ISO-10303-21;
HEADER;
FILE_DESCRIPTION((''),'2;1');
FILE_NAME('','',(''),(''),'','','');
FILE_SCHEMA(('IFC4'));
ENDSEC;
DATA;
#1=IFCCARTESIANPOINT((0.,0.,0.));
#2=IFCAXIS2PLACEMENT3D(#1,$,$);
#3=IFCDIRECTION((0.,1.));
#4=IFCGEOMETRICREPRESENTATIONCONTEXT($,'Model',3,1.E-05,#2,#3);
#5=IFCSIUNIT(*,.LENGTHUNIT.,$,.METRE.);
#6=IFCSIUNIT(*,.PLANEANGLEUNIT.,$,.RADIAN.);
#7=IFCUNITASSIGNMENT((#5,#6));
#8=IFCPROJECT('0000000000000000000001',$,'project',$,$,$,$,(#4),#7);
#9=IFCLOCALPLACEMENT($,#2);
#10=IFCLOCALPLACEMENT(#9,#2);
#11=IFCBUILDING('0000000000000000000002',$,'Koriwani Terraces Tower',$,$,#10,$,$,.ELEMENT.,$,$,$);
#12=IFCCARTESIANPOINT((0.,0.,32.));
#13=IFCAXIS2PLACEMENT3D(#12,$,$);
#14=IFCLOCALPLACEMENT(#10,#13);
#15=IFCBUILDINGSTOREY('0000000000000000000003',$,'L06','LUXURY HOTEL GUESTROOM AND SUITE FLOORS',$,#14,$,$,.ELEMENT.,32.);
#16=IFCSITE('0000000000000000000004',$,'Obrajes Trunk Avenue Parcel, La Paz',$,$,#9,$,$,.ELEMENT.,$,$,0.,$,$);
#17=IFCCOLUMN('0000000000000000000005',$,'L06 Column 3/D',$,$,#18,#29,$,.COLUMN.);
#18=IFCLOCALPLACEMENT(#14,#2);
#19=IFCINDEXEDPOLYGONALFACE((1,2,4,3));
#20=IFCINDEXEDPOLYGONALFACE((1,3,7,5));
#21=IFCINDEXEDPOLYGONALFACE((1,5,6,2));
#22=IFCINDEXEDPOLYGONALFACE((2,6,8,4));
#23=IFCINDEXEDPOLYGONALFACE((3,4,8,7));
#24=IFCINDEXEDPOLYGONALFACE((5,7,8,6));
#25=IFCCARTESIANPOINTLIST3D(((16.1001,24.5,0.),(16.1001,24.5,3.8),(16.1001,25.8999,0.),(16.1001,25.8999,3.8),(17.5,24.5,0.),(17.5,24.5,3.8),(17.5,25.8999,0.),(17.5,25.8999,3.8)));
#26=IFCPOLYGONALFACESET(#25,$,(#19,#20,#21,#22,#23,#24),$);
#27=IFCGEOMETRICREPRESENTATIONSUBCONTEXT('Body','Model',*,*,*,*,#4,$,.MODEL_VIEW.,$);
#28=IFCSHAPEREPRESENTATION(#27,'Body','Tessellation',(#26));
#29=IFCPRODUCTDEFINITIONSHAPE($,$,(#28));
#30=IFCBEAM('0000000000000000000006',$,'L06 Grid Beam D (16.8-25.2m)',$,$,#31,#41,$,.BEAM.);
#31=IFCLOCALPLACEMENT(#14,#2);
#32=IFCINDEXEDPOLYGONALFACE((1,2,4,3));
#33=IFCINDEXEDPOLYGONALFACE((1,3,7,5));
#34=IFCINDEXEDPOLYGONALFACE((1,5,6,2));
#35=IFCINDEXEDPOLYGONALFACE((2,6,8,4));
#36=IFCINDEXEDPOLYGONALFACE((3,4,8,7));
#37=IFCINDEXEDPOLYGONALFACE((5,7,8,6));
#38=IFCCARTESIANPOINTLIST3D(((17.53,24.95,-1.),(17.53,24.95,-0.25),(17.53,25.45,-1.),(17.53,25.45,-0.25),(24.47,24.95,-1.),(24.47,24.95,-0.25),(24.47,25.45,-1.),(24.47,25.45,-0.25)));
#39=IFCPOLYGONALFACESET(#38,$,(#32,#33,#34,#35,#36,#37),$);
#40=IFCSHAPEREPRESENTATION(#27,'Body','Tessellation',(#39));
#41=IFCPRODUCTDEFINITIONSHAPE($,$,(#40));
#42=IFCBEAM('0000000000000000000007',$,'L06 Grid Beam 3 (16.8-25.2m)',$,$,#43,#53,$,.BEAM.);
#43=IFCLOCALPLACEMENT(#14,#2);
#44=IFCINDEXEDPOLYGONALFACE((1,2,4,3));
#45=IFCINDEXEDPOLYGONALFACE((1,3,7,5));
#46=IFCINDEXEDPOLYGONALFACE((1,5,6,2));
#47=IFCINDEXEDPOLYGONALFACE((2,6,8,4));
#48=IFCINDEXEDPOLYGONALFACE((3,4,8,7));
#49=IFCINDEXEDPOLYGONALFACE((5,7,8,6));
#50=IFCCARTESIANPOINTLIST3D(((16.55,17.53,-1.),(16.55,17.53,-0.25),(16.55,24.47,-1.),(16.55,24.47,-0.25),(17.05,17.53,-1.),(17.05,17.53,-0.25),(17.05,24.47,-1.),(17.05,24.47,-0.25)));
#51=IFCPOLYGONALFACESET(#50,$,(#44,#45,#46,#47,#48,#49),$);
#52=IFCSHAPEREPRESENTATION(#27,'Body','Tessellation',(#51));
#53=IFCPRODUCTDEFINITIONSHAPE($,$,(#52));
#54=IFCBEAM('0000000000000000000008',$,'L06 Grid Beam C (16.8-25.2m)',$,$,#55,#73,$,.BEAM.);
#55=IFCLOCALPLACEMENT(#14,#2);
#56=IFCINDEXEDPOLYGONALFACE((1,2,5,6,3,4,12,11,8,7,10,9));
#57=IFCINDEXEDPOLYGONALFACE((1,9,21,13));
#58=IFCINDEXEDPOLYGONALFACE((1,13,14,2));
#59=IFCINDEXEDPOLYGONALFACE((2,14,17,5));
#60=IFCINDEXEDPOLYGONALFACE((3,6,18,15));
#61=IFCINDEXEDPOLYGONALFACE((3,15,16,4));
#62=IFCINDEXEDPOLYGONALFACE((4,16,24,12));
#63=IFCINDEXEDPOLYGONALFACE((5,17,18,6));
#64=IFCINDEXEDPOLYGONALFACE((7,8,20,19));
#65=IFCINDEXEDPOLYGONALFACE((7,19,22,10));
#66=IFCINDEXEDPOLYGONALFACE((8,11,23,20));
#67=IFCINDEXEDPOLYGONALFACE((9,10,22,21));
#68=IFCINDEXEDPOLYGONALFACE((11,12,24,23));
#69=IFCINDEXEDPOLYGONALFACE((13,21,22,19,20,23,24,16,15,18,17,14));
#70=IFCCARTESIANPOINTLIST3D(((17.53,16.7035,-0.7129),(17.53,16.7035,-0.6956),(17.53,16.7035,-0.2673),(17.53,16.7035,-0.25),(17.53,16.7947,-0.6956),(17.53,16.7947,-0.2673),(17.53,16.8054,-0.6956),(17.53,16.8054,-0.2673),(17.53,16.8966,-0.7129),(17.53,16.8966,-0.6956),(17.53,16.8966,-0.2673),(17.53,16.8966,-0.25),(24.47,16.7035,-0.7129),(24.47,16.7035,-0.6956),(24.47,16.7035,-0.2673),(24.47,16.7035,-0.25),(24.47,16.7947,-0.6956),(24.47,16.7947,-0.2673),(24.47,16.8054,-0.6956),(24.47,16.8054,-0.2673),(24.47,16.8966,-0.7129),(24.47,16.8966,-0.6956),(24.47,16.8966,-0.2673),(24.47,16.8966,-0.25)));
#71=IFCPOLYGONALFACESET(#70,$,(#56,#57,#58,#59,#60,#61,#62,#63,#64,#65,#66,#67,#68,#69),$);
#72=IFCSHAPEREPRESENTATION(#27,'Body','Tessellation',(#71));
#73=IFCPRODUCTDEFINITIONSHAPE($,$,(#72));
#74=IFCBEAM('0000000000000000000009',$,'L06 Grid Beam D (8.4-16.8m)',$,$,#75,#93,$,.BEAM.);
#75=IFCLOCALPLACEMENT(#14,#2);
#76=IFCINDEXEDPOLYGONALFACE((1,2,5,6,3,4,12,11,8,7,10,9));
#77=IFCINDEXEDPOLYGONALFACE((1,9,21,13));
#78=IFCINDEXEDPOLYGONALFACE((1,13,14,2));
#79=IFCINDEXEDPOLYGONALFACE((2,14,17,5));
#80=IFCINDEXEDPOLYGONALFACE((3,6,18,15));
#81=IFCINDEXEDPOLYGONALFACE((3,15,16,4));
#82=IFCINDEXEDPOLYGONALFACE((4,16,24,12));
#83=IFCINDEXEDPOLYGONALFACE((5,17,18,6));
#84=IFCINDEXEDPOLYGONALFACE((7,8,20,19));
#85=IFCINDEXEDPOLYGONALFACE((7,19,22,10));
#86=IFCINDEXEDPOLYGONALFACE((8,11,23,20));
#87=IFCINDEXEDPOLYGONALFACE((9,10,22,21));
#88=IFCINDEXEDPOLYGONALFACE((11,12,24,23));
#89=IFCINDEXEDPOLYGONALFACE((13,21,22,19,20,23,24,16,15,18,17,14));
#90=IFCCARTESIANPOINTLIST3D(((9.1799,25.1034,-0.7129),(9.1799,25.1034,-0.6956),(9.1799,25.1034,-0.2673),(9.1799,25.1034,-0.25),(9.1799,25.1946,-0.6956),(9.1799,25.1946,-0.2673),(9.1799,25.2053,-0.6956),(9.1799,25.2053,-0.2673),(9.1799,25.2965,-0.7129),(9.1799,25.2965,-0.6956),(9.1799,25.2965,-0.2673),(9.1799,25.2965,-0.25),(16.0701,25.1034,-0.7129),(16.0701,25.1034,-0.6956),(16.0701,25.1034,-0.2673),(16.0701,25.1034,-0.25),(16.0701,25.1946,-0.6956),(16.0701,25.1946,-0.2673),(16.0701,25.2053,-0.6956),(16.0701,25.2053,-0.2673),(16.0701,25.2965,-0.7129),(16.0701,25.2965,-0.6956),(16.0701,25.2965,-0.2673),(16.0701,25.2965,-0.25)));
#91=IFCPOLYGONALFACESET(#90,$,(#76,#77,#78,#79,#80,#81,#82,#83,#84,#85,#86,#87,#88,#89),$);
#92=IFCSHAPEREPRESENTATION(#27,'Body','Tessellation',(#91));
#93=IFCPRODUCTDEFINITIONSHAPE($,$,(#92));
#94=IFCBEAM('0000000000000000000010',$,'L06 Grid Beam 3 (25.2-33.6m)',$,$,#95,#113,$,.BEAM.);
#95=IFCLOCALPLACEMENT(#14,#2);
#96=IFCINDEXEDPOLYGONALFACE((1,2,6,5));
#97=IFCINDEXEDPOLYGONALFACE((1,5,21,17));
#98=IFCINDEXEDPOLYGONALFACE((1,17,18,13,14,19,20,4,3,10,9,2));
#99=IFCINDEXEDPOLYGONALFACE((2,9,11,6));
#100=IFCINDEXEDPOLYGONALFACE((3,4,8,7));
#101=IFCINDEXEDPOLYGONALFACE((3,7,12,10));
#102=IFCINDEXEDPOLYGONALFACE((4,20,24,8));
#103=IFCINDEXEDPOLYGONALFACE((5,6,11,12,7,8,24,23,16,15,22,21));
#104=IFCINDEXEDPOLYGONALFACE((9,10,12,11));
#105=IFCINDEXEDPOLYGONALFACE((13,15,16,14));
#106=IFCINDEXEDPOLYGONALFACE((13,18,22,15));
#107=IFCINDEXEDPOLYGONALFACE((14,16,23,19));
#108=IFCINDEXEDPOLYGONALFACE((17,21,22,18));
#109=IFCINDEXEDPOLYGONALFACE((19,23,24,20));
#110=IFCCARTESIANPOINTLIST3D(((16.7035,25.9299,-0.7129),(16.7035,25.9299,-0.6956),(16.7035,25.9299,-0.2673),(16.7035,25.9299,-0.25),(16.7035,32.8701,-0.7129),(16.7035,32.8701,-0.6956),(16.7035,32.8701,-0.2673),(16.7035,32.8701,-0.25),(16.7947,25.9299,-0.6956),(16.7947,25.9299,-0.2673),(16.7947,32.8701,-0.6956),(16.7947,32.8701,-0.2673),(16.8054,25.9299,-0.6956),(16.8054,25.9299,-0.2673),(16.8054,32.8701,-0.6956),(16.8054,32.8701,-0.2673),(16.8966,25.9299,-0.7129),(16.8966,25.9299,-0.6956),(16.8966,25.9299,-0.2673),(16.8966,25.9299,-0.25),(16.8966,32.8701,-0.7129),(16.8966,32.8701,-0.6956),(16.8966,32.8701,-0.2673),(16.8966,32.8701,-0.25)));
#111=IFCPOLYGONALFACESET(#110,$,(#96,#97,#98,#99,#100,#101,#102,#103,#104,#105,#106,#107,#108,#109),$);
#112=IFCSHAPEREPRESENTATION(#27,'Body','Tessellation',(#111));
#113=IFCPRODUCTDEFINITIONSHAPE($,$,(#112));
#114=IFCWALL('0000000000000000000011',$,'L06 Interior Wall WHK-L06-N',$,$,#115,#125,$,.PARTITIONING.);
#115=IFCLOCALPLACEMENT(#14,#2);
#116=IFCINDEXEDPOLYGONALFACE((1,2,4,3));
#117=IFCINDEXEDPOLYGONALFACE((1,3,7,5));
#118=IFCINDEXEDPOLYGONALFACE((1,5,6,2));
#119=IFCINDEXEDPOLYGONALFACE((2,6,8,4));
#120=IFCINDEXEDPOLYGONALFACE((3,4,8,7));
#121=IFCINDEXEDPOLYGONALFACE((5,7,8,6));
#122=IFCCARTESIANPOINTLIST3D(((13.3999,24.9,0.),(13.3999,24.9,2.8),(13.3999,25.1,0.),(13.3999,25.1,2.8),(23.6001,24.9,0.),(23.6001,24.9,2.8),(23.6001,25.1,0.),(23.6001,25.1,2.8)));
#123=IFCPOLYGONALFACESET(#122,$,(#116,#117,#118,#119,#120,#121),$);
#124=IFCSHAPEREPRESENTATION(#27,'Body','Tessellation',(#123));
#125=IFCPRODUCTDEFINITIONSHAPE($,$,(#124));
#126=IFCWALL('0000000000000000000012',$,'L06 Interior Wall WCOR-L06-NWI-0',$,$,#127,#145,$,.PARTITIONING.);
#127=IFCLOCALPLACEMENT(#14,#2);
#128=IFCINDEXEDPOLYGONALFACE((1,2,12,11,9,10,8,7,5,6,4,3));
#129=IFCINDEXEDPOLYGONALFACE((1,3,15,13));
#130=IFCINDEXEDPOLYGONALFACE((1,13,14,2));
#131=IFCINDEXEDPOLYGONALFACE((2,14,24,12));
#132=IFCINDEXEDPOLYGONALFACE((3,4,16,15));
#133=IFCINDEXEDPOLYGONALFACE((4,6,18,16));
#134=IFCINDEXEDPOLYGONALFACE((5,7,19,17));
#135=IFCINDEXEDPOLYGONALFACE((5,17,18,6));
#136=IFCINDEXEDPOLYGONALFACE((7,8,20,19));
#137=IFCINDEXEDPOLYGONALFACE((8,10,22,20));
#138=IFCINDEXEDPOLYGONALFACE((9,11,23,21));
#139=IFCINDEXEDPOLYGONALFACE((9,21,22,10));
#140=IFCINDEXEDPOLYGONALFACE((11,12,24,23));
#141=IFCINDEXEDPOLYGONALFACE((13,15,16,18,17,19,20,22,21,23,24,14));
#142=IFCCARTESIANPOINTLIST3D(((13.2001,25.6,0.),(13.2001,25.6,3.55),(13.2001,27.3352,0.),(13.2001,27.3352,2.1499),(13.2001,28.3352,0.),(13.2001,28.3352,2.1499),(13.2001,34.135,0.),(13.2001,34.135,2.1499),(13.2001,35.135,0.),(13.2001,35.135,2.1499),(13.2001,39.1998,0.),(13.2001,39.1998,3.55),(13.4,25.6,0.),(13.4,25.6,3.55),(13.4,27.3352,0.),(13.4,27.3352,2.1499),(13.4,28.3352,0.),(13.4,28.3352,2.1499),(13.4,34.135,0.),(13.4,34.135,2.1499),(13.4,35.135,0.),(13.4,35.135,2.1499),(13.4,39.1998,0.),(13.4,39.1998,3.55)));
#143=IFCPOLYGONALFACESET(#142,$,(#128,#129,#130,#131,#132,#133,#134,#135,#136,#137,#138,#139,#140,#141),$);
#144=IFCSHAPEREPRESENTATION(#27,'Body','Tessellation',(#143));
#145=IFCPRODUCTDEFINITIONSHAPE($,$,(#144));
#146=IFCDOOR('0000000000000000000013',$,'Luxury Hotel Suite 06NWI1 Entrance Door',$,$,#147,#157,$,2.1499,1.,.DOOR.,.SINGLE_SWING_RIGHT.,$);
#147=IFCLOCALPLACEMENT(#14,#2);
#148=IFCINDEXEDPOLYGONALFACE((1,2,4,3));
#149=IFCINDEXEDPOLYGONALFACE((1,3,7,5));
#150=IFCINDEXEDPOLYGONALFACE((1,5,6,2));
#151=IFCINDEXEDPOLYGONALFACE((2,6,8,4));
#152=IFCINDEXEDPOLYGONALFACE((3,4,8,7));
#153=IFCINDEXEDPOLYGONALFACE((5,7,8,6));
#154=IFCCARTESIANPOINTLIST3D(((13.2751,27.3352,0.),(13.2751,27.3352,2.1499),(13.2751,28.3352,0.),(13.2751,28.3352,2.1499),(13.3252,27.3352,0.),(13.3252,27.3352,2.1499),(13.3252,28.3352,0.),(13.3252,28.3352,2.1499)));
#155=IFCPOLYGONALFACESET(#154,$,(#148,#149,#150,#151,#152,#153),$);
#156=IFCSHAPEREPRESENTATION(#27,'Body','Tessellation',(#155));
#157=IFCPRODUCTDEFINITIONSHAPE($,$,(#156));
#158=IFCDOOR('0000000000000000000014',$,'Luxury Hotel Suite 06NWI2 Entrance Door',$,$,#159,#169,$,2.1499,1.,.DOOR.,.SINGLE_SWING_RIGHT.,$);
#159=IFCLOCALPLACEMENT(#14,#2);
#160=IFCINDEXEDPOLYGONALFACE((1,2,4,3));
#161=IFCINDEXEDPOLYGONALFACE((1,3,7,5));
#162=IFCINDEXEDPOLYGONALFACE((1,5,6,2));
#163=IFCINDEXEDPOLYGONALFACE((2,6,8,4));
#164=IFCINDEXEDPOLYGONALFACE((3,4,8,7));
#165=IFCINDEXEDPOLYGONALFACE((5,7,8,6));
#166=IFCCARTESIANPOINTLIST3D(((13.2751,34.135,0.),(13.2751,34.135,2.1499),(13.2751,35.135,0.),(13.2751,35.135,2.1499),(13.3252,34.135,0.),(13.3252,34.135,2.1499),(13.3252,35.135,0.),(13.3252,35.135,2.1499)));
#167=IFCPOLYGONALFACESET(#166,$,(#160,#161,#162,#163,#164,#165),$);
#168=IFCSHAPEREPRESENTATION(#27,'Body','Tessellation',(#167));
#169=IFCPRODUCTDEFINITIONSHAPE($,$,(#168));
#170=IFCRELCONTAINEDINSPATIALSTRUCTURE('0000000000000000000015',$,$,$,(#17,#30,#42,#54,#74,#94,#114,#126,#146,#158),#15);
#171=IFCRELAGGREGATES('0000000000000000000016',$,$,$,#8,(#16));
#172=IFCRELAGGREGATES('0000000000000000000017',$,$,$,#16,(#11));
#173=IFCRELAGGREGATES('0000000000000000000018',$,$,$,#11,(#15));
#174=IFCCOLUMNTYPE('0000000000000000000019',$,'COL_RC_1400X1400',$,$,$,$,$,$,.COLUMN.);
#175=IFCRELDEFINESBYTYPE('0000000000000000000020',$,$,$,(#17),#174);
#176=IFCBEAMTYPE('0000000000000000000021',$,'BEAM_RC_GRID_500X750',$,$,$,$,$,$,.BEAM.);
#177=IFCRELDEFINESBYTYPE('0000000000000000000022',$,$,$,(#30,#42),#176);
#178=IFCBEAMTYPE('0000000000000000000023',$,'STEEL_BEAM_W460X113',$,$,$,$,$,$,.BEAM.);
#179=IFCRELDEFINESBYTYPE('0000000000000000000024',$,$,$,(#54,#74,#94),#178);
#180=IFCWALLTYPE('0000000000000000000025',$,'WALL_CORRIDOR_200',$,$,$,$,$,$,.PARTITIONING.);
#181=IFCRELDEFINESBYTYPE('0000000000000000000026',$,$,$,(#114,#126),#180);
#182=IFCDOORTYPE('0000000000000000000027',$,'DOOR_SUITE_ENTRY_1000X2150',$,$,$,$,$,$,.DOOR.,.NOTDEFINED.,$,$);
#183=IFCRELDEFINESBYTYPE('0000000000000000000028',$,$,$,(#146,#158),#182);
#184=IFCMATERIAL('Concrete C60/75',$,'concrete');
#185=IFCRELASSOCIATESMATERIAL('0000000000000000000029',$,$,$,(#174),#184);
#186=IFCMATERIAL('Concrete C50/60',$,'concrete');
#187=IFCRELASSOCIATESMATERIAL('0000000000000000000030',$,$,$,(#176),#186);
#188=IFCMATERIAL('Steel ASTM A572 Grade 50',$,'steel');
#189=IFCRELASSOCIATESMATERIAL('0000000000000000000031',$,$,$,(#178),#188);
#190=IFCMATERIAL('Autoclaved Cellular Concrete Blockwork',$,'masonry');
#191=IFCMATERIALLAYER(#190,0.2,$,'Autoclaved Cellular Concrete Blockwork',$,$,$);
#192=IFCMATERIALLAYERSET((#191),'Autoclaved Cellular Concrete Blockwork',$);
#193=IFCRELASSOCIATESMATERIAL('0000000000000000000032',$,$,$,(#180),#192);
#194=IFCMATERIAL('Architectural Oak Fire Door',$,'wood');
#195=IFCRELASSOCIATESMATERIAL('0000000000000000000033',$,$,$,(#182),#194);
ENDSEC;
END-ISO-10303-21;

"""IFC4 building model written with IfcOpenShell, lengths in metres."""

from ifc_helpers import new_model, si_unit, direction, frame, frame_2d, origin, origin_2d, place, context, subcontext, project, spatial, rectangle, i_section, extrude, material, layer, layer_set, material_profile, profile_set, type_object, element, fill, save


model = new_model("IFC4")

# Units and contexts
model_context = context("Model", 3, precision=1e-05, world=origin(), true_north=direction((0.0, 1.0)))
body_context = subcontext(model_context, "Body", "Model", "MODEL_VIEW")
ifc_project = project(units=[si_unit("LENGTHUNIT", "METRE"), si_unit("PLANEANGLEUNIT", "RADIAN")], contexts=[model_context])

# Site, building, storey
site_placement = place(None, origin())
site = spatial("IfcSite", under=ifc_project, at=site_placement, Name="Obrajes Trunk Avenue Parcel, La Paz", CompositionType="ELEMENT", RefElevation=0.0)
building_placement = place(site_placement, origin())
building = spatial("IfcBuilding", under=site, at=building_placement, Name="Koriwani Terraces Tower", CompositionType="ELEMENT")
storey_placement = place(building_placement, frame((0.0, 0.0, 32.0)))
storey = spatial("IfcBuildingStorey", under=building, at=storey_placement, Name="L06", Description="LUXURY HOTEL GUESTROOM AND SUITE FLOORS", CompositionType="ELEMENT", Elevation=32.0)

# Column
ifc_material_1 = material(Name="Concrete C60/75", Category="concrete")
ifc_material_profile_1 = material_profile(ifc_material_1, rectangle(XDim=1.3999, YDim=1.3999, at=origin_2d()), Name="Concrete C60/75", Category="LoadBearing")
ifc_profile_set_1 = profile_set([ifc_material_profile_1], Name="Concrete C60/75")
column_type = type_object("IfcColumnType", Name="COL_RC_1400X1400", PredefinedType="COLUMN", material=ifc_profile_set_1)
column_placement = place(storey_placement, frame((16.8, 25.2, 0.0), z_axis=(0.0, 0.0, 1.0), x_axis=(1.0, 0.0, 0.0)))
element("IfcColumn", 1, at=column_placement, inside=storey, type_object=column_type, Name="L06 Column 3/D", PredefinedType="COLUMN", context=body_context, shape_type="SweptSolid", body=[
    extrude(rectangle(XDim=1.3999, YDim=1.3999, at=origin_2d()), origin(), (0.0, 0.0, 1.0), 3.8),
])

# Beams
ifc_material_2 = material(Name="Concrete C50/60", Category="concrete")
ifc_material_profile_2 = material_profile(ifc_material_2, rectangle(XDim=0.5, YDim=0.75, at=origin_2d()), Name="Concrete C50/60", Category="LoadBearing")
ifc_profile_set_2 = profile_set([ifc_material_profile_2], Name="Concrete C50/60")
beam_type_1 = type_object("IfcBeamType", Name="BEAM_RC_GRID_500X750", PredefinedType="BEAM", material=ifc_profile_set_2)
for number, where, z_axis, x_axis, name in (
    (2, (17.53, 25.2, -0.625), (1.0, 0.0, 0.0), (0.0, 1.0, 0.0), "L06 Grid Beam D (16.8-25.2m)"),
    (3, (16.8, 17.53, -0.625), (0.0, 1.0, 0.0), (-1.0, 0.0, 0.0), "L06 Grid Beam 3 (16.8-25.2m)"),
):
    element("IfcBeam", number, at=place(storey_placement, frame(where, z_axis=z_axis, x_axis=x_axis)), inside=storey, type_object=beam_type_1, Name=name, PredefinedType="BEAM", context=body_context, shape_type="SweptSolid", body=[
        extrude(rectangle(XDim=0.5, YDim=0.75, at=origin_2d()), origin(), (0.0, 0.0, 1.0), 6.9399),
    ])
ifc_material_3 = material(Name="Steel ASTM A572 Grade 50", Category="steel")
ifc_material_profile_3 = material_profile(ifc_material_3, i_section(OverallWidth=0.1931, OverallDepth=0.4629, WebThickness=0.0107, FlangeThickness=0.0173, at=origin_2d()), Name="Steel ASTM A572 Grade 50", Category="LoadBearing")
ifc_profile_set_3 = profile_set([ifc_material_profile_3], Name="Steel ASTM A572 Grade 50")
beam_type_2 = type_object("IfcBeamType", Name="STEEL_BEAM_W460X113", PredefinedType="BEAM", material=ifc_profile_set_3)
beam_1_placement = place(storey_placement, frame((17.53, 16.8, -0.4814), z_axis=(1.0, 0.0, 0.0), x_axis=(0.0, 1.0, 0.0)))
element("IfcBeam", 4, at=beam_1_placement, inside=storey, type_object=beam_type_2, Name="L06 Grid Beam C (16.8-25.2m)", PredefinedType="BEAM", context=body_context, shape_type="SweptSolid", body=[
    extrude(i_section(OverallWidth=0.1931, OverallDepth=0.4629, WebThickness=0.0107, FlangeThickness=0.0173, at=origin_2d()), origin(), (0.0, 0.0, 1.0), 6.9399),
])
beam_2_placement = place(storey_placement, frame((9.1799, 25.2, -0.4814), z_axis=(1.0, 0.0, 0.0), x_axis=(0.0, 1.0, 0.0)))
element("IfcBeam", 5, at=beam_2_placement, inside=storey, type_object=beam_type_2, Name="L06 Grid Beam D (8.4-16.8m)", PredefinedType="BEAM", context=body_context, shape_type="SweptSolid", body=[
    extrude(i_section(OverallWidth=0.1931, OverallDepth=0.4629, WebThickness=0.0107, FlangeThickness=0.0173, at=origin_2d()), origin(), (0.0, 0.0, 1.0), 6.8901),
])
beam_3_placement = place(storey_placement, frame((16.8, 25.9299, -0.4814), z_axis=(0.0, 1.0, 0.0), x_axis=(-1.0, 0.0, 0.0)))
element("IfcBeam", 6, at=beam_3_placement, inside=storey, type_object=beam_type_2, Name="L06 Grid Beam 3 (25.2-33.6m)", PredefinedType="BEAM", context=body_context, shape_type="SweptSolid", body=[
    extrude(i_section(OverallWidth=0.1931, OverallDepth=0.4629, WebThickness=0.0107, FlangeThickness=0.0173, at=origin_2d()), origin(), (0.0, 0.0, 1.0), 6.9402),
])

# Wall
ifc_material_4 = material(Name="Autoclaved Cellular Concrete Blockwork", Category="masonry")
ifc_layer_1 = layer(ifc_material_4, 0.2, Name="Autoclaved Cellular Concrete Blockwork")
ifc_layer_set_1 = layer_set([ifc_layer_1], Name="Autoclaved Cellular Concrete Blockwork")
wall_type_1 = type_object("IfcWallType", Name="WALL_CORRIDOR_200", PredefinedType="PARTITIONING", material=ifc_layer_set_1)
wall_1_placement = place(storey_placement, frame((13.3999, 25.0, 0.0), z_axis=(0.0, 0.0, 1.0), x_axis=(1.0, 0.0, 0.0)))
element("IfcWall", 7, at=wall_1_placement, inside=storey, type_object=wall_type_1, Name="L06 Interior Wall WHK-L06-N", PredefinedType="PARTITIONING", context=body_context, shape_type="SweptSolid", body=[
    extrude(rectangle(XDim=10.2002, YDim=0.2, at=frame_2d((5.1001, 0.0))), origin(), (0.0, 0.0, 1.0), 2.8),
])

# Wall, openings, doors
wall_2_placement = place(storey_placement, frame((13.3, 25.6001, 0.0), z_axis=(0.0, 0.0, 1.0), x_axis=(0.0, 1.0, 0.0)))
wall_2 = element("IfcWall", 8, at=wall_2_placement, inside=storey, type_object=wall_type_1, Name="L06 Interior Wall WCOR-L06-NWI-0", PredefinedType="PARTITIONING", context=body_context, shape_type="SweptSolid", body=[
    extrude(rectangle(XDim=13.5999, YDim=0.2, at=frame_2d((6.7998, 0.0))), origin(), (0.0, 0.0, 1.0), 3.55),
])
opening_1_placement = place(wall_2_placement, frame((1.7351, 0.0, 0.0)))
opening_1 = element("IfcOpeningElement", 9, at=opening_1_placement, cuts=wall_2, PredefinedType="OPENING", context=body_context, shape_type="SweptSolid", body=[
    extrude(rectangle(XDim=1.0, YDim=2.1499, at=frame_2d((0.5, 1.075))), frame((0.0, 0.1099, 0.0), z_axis=(0.0, -1.0, 0.0), x_axis=(1.0, 0.0, 0.0)), (0.0, 0.0, 1.0), 0.22),
])
opening_2_placement = place(wall_2_placement, frame((8.5349, 0.0, 0.0)))
opening_2 = element("IfcOpeningElement", 10, at=opening_2_placement, cuts=wall_2, PredefinedType="OPENING", context=body_context, shape_type="SweptSolid", body=[
    extrude(rectangle(XDim=1.0, YDim=2.1499, at=frame_2d((0.5, 1.075))), frame((0.0, 0.1099, 0.0), z_axis=(0.0, -1.0, 0.0), x_axis=(1.0, 0.0, 0.0)), (0.0, 0.0, 1.0), 0.22),
])
ifc_material_5 = material(Name="Architectural Oak Fire Door", Category="wood")
door_type = type_object("IfcDoorType", Name="DOOR_SUITE_ENTRY_1000X2150", OperationType="NOTDEFINED", PredefinedType="DOOR", material=ifc_material_5)
door_1_placement = place(opening_1_placement, origin())
door_1 = element("IfcDoor", 11, at=door_1_placement, inside=storey, type_object=door_type, Name="Luxury Hotel Suite 06NWI1 Entrance Door", OperationType="SINGLE_SWING_RIGHT", OverallHeight=2.1499, OverallWidth=1.0, PredefinedType="DOOR", context=body_context, shape_type="SweptSolid", body=[
    extrude(rectangle(XDim=1.0, YDim=2.1499, at=frame_2d((0.5, 1.075))), frame((0.0, 0.0249, 0.0), z_axis=(0.0, -1.0, 0.0), x_axis=(1.0, 0.0, 0.0)), (0.0, 0.0, 1.0), 0.05),
])
fill(opening_1, door_1)
door_2_placement = place(opening_2_placement, origin())
door_2 = element("IfcDoor", 12, at=door_2_placement, inside=storey, type_object=door_type, Name="Luxury Hotel Suite 06NWI2 Entrance Door", OperationType="SINGLE_SWING_RIGHT", OverallHeight=2.1499, OverallWidth=1.0, PredefinedType="DOOR", context=body_context, shape_type="SweptSolid", body=[
    extrude(rectangle(XDim=1.0, YDim=2.1499, at=frame_2d((0.5, 1.075))), frame((0.0, 0.0249, 0.0), z_axis=(0.0, -1.0, 0.0), x_axis=(1.0, 0.0, 0.0)), (0.0, 0.0, 1.0), 0.05),
])
fill(opening_2, door_2)

save(model, "model.ifc")
